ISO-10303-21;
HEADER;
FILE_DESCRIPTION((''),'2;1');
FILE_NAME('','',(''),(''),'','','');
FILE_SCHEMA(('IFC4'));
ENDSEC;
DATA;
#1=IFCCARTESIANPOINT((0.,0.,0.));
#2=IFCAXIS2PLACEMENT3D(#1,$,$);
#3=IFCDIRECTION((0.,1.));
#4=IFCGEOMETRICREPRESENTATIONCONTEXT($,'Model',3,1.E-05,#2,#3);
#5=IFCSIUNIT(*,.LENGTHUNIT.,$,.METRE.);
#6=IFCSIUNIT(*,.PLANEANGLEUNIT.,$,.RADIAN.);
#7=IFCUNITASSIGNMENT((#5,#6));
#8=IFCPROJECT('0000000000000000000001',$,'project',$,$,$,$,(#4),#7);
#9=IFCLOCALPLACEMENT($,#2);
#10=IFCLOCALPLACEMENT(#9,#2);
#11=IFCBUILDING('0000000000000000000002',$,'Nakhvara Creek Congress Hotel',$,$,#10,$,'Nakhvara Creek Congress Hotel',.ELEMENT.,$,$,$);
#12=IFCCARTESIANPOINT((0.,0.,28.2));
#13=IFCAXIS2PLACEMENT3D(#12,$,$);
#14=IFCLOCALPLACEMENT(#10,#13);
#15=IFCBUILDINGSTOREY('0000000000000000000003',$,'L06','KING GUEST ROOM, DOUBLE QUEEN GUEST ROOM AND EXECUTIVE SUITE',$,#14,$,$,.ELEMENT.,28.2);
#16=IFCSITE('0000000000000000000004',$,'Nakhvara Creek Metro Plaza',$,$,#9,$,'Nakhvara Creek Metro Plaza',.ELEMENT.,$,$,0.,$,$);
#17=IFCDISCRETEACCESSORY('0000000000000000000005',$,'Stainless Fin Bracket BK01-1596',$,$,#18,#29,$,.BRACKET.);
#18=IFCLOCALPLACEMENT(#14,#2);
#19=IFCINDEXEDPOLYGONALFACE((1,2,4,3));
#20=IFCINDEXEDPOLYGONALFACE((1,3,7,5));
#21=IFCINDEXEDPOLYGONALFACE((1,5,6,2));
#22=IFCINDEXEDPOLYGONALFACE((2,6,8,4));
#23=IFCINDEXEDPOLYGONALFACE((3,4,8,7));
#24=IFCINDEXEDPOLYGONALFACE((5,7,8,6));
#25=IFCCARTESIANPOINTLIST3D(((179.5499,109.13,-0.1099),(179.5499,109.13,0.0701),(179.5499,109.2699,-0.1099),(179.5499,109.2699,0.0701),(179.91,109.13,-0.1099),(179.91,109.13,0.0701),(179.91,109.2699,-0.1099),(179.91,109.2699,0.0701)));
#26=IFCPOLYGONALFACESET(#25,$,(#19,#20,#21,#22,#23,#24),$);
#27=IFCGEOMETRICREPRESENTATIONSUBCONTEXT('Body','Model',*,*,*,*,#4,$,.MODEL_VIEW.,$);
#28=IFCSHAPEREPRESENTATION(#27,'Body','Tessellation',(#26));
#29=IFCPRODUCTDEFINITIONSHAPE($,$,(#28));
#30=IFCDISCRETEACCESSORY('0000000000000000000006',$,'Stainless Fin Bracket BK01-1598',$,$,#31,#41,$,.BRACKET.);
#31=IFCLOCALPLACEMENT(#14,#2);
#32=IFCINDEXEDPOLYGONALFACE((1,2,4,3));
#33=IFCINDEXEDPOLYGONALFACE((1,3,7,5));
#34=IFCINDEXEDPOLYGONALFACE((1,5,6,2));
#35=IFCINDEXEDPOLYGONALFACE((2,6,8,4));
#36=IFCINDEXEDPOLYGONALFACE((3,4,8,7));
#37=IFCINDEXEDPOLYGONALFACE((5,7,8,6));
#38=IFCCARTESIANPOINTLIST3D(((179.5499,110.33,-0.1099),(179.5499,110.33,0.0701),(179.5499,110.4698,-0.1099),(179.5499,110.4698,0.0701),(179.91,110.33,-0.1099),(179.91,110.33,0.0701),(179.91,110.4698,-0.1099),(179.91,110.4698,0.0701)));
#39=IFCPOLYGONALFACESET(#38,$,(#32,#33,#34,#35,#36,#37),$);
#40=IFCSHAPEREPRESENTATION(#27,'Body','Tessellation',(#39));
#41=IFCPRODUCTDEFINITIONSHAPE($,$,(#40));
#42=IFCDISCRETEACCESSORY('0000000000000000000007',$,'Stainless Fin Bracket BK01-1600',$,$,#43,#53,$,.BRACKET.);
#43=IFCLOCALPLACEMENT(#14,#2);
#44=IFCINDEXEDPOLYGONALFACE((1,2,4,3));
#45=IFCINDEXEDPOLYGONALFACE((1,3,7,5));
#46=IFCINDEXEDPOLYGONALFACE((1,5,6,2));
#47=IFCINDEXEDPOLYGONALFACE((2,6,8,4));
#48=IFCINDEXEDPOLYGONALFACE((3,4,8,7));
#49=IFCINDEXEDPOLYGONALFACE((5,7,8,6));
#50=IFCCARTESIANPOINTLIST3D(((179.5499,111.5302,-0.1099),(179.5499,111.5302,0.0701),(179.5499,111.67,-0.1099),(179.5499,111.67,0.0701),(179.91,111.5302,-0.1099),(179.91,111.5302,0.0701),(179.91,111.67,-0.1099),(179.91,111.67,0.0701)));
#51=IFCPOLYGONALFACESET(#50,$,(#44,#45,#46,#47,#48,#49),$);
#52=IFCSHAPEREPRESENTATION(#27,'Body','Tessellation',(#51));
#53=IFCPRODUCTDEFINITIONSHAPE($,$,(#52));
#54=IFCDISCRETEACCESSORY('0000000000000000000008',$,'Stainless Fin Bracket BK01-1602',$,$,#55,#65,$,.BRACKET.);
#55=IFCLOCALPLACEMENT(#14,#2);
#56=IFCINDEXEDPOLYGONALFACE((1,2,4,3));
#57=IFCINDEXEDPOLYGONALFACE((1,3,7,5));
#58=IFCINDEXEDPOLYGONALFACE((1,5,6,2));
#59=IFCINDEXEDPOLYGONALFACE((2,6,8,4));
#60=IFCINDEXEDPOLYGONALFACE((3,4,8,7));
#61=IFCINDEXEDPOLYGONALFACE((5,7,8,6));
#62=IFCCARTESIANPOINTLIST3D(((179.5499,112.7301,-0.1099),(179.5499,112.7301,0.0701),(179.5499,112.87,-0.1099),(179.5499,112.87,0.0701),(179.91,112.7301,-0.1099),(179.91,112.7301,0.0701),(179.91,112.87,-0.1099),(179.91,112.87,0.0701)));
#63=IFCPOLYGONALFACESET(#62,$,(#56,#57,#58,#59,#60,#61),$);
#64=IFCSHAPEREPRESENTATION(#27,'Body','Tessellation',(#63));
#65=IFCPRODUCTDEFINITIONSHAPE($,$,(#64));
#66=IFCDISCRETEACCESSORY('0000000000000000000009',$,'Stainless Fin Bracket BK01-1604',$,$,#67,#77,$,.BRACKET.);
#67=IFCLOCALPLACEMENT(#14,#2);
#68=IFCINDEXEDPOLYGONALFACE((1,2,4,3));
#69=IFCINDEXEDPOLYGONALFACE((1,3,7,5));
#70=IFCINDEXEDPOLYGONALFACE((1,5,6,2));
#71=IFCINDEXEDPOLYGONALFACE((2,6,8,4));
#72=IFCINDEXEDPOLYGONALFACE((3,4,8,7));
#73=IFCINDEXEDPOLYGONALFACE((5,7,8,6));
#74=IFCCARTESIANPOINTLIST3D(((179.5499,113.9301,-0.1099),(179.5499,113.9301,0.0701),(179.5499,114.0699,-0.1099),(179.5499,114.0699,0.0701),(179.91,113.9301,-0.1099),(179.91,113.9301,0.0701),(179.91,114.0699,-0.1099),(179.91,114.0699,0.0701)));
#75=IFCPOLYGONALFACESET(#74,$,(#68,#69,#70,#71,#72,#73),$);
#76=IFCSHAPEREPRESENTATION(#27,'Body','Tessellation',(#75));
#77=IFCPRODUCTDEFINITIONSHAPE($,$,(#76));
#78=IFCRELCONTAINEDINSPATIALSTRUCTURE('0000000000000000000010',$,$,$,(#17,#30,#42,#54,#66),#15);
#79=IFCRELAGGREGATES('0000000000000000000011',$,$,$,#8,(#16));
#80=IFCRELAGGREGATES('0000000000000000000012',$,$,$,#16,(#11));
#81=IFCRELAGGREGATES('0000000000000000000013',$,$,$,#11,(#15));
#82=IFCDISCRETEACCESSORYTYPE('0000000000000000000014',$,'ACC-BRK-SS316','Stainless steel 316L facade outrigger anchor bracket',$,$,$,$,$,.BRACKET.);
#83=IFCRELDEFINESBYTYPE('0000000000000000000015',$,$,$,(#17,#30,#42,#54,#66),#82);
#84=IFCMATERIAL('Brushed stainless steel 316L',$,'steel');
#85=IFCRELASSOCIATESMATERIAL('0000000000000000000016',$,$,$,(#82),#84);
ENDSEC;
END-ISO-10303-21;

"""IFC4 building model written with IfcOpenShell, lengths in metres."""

from ifc_helpers import new_model, si_unit, direction, frame, origin, origin_2d, place, context, subcontext, project, spatial, rectangle, extrude, material, type_object, element, save


model = new_model("IFC4")

# Units and contexts
model_context = context("Model", 3, precision=1e-05, world=origin(), true_north=direction((0.0, 1.0)))
body_context = subcontext(model_context, "Body", "Model", "MODEL_VIEW")
ifc_project = project(units=[si_unit("LENGTHUNIT", "METRE"), si_unit("PLANEANGLEUNIT", "RADIAN")], contexts=[model_context])

# Site, building, storey
site_placement = place(None, origin())
site = spatial("IfcSite", under=ifc_project, at=site_placement, Name="Nakhvara Creek Metro Plaza", LongName="Nakhvara Creek Metro Plaza", CompositionType="ELEMENT", RefElevation=0.0)
building_placement = place(site_placement, origin())
building = spatial("IfcBuilding", under=site, at=building_placement, Name="Nakhvara Creek Congress Hotel", LongName="Nakhvara Creek Congress Hotel", CompositionType="ELEMENT")
storey_placement = place(building_placement, frame((0.0, 0.0, 28.2)))
storey = spatial("IfcBuildingStorey", under=building, at=storey_placement, Name="L06", Description="KING GUEST ROOM, DOUBLE QUEEN GUEST ROOM AND EXECUTIVE SUITE", CompositionType="ELEMENT", Elevation=28.2)

# Discrete accessories
ifc_material_1 = material(Name="Brushed stainless steel 316L", Category="steel")
discrete_accessory_type = type_object("IfcDiscreteAccessoryType", Name="ACC-BRK-SS316", Description="Stainless steel 316L facade outrigger anchor bracket", PredefinedType="BRACKET", material=ifc_material_1)
for number, where, z_axis, x_axis, name in (
    (1, (179.73, 109.2, -0.1099), (0.0, 0.0, 1.0), (0.0, 1.0, 0.0), "Stainless Fin Bracket BK01-1596"),
    (2, (179.73, 110.3999, -0.1099), (0.0, 0.0, 1.0), (0.0, 1.0, 0.0), "Stainless Fin Bracket BK01-1598"),
    (3, (179.73, 111.6001, -0.1099), (0.0, 0.0, 1.0), (0.0, 1.0, 0.0), "Stainless Fin Bracket BK01-1600"),
    (4, (179.73, 112.8, -0.1099), (0.0, 0.0, 1.0), (0.0, 1.0, 0.0), "Stainless Fin Bracket BK01-1602"),
    (5, (179.73, 114.0, -0.1099), (0.0, 0.0, 1.0), (0.0, 1.0, 0.0), "Stainless Fin Bracket BK01-1604"),
):
    element("IfcDiscreteAccessory", number, at=place(storey_placement, frame(where, z_axis=z_axis, x_axis=x_axis)), inside=storey, type_object=discrete_accessory_type, Name=name, PredefinedType="BRACKET", context=body_context, shape_type="SweptSolid", body=[
        extrude(rectangle(XDim=0.1399, YDim=0.3601, at=origin_2d()), origin(), (0.0, 0.0, 1.0), 0.1799),
    ])

save(model, "model.ifc")
